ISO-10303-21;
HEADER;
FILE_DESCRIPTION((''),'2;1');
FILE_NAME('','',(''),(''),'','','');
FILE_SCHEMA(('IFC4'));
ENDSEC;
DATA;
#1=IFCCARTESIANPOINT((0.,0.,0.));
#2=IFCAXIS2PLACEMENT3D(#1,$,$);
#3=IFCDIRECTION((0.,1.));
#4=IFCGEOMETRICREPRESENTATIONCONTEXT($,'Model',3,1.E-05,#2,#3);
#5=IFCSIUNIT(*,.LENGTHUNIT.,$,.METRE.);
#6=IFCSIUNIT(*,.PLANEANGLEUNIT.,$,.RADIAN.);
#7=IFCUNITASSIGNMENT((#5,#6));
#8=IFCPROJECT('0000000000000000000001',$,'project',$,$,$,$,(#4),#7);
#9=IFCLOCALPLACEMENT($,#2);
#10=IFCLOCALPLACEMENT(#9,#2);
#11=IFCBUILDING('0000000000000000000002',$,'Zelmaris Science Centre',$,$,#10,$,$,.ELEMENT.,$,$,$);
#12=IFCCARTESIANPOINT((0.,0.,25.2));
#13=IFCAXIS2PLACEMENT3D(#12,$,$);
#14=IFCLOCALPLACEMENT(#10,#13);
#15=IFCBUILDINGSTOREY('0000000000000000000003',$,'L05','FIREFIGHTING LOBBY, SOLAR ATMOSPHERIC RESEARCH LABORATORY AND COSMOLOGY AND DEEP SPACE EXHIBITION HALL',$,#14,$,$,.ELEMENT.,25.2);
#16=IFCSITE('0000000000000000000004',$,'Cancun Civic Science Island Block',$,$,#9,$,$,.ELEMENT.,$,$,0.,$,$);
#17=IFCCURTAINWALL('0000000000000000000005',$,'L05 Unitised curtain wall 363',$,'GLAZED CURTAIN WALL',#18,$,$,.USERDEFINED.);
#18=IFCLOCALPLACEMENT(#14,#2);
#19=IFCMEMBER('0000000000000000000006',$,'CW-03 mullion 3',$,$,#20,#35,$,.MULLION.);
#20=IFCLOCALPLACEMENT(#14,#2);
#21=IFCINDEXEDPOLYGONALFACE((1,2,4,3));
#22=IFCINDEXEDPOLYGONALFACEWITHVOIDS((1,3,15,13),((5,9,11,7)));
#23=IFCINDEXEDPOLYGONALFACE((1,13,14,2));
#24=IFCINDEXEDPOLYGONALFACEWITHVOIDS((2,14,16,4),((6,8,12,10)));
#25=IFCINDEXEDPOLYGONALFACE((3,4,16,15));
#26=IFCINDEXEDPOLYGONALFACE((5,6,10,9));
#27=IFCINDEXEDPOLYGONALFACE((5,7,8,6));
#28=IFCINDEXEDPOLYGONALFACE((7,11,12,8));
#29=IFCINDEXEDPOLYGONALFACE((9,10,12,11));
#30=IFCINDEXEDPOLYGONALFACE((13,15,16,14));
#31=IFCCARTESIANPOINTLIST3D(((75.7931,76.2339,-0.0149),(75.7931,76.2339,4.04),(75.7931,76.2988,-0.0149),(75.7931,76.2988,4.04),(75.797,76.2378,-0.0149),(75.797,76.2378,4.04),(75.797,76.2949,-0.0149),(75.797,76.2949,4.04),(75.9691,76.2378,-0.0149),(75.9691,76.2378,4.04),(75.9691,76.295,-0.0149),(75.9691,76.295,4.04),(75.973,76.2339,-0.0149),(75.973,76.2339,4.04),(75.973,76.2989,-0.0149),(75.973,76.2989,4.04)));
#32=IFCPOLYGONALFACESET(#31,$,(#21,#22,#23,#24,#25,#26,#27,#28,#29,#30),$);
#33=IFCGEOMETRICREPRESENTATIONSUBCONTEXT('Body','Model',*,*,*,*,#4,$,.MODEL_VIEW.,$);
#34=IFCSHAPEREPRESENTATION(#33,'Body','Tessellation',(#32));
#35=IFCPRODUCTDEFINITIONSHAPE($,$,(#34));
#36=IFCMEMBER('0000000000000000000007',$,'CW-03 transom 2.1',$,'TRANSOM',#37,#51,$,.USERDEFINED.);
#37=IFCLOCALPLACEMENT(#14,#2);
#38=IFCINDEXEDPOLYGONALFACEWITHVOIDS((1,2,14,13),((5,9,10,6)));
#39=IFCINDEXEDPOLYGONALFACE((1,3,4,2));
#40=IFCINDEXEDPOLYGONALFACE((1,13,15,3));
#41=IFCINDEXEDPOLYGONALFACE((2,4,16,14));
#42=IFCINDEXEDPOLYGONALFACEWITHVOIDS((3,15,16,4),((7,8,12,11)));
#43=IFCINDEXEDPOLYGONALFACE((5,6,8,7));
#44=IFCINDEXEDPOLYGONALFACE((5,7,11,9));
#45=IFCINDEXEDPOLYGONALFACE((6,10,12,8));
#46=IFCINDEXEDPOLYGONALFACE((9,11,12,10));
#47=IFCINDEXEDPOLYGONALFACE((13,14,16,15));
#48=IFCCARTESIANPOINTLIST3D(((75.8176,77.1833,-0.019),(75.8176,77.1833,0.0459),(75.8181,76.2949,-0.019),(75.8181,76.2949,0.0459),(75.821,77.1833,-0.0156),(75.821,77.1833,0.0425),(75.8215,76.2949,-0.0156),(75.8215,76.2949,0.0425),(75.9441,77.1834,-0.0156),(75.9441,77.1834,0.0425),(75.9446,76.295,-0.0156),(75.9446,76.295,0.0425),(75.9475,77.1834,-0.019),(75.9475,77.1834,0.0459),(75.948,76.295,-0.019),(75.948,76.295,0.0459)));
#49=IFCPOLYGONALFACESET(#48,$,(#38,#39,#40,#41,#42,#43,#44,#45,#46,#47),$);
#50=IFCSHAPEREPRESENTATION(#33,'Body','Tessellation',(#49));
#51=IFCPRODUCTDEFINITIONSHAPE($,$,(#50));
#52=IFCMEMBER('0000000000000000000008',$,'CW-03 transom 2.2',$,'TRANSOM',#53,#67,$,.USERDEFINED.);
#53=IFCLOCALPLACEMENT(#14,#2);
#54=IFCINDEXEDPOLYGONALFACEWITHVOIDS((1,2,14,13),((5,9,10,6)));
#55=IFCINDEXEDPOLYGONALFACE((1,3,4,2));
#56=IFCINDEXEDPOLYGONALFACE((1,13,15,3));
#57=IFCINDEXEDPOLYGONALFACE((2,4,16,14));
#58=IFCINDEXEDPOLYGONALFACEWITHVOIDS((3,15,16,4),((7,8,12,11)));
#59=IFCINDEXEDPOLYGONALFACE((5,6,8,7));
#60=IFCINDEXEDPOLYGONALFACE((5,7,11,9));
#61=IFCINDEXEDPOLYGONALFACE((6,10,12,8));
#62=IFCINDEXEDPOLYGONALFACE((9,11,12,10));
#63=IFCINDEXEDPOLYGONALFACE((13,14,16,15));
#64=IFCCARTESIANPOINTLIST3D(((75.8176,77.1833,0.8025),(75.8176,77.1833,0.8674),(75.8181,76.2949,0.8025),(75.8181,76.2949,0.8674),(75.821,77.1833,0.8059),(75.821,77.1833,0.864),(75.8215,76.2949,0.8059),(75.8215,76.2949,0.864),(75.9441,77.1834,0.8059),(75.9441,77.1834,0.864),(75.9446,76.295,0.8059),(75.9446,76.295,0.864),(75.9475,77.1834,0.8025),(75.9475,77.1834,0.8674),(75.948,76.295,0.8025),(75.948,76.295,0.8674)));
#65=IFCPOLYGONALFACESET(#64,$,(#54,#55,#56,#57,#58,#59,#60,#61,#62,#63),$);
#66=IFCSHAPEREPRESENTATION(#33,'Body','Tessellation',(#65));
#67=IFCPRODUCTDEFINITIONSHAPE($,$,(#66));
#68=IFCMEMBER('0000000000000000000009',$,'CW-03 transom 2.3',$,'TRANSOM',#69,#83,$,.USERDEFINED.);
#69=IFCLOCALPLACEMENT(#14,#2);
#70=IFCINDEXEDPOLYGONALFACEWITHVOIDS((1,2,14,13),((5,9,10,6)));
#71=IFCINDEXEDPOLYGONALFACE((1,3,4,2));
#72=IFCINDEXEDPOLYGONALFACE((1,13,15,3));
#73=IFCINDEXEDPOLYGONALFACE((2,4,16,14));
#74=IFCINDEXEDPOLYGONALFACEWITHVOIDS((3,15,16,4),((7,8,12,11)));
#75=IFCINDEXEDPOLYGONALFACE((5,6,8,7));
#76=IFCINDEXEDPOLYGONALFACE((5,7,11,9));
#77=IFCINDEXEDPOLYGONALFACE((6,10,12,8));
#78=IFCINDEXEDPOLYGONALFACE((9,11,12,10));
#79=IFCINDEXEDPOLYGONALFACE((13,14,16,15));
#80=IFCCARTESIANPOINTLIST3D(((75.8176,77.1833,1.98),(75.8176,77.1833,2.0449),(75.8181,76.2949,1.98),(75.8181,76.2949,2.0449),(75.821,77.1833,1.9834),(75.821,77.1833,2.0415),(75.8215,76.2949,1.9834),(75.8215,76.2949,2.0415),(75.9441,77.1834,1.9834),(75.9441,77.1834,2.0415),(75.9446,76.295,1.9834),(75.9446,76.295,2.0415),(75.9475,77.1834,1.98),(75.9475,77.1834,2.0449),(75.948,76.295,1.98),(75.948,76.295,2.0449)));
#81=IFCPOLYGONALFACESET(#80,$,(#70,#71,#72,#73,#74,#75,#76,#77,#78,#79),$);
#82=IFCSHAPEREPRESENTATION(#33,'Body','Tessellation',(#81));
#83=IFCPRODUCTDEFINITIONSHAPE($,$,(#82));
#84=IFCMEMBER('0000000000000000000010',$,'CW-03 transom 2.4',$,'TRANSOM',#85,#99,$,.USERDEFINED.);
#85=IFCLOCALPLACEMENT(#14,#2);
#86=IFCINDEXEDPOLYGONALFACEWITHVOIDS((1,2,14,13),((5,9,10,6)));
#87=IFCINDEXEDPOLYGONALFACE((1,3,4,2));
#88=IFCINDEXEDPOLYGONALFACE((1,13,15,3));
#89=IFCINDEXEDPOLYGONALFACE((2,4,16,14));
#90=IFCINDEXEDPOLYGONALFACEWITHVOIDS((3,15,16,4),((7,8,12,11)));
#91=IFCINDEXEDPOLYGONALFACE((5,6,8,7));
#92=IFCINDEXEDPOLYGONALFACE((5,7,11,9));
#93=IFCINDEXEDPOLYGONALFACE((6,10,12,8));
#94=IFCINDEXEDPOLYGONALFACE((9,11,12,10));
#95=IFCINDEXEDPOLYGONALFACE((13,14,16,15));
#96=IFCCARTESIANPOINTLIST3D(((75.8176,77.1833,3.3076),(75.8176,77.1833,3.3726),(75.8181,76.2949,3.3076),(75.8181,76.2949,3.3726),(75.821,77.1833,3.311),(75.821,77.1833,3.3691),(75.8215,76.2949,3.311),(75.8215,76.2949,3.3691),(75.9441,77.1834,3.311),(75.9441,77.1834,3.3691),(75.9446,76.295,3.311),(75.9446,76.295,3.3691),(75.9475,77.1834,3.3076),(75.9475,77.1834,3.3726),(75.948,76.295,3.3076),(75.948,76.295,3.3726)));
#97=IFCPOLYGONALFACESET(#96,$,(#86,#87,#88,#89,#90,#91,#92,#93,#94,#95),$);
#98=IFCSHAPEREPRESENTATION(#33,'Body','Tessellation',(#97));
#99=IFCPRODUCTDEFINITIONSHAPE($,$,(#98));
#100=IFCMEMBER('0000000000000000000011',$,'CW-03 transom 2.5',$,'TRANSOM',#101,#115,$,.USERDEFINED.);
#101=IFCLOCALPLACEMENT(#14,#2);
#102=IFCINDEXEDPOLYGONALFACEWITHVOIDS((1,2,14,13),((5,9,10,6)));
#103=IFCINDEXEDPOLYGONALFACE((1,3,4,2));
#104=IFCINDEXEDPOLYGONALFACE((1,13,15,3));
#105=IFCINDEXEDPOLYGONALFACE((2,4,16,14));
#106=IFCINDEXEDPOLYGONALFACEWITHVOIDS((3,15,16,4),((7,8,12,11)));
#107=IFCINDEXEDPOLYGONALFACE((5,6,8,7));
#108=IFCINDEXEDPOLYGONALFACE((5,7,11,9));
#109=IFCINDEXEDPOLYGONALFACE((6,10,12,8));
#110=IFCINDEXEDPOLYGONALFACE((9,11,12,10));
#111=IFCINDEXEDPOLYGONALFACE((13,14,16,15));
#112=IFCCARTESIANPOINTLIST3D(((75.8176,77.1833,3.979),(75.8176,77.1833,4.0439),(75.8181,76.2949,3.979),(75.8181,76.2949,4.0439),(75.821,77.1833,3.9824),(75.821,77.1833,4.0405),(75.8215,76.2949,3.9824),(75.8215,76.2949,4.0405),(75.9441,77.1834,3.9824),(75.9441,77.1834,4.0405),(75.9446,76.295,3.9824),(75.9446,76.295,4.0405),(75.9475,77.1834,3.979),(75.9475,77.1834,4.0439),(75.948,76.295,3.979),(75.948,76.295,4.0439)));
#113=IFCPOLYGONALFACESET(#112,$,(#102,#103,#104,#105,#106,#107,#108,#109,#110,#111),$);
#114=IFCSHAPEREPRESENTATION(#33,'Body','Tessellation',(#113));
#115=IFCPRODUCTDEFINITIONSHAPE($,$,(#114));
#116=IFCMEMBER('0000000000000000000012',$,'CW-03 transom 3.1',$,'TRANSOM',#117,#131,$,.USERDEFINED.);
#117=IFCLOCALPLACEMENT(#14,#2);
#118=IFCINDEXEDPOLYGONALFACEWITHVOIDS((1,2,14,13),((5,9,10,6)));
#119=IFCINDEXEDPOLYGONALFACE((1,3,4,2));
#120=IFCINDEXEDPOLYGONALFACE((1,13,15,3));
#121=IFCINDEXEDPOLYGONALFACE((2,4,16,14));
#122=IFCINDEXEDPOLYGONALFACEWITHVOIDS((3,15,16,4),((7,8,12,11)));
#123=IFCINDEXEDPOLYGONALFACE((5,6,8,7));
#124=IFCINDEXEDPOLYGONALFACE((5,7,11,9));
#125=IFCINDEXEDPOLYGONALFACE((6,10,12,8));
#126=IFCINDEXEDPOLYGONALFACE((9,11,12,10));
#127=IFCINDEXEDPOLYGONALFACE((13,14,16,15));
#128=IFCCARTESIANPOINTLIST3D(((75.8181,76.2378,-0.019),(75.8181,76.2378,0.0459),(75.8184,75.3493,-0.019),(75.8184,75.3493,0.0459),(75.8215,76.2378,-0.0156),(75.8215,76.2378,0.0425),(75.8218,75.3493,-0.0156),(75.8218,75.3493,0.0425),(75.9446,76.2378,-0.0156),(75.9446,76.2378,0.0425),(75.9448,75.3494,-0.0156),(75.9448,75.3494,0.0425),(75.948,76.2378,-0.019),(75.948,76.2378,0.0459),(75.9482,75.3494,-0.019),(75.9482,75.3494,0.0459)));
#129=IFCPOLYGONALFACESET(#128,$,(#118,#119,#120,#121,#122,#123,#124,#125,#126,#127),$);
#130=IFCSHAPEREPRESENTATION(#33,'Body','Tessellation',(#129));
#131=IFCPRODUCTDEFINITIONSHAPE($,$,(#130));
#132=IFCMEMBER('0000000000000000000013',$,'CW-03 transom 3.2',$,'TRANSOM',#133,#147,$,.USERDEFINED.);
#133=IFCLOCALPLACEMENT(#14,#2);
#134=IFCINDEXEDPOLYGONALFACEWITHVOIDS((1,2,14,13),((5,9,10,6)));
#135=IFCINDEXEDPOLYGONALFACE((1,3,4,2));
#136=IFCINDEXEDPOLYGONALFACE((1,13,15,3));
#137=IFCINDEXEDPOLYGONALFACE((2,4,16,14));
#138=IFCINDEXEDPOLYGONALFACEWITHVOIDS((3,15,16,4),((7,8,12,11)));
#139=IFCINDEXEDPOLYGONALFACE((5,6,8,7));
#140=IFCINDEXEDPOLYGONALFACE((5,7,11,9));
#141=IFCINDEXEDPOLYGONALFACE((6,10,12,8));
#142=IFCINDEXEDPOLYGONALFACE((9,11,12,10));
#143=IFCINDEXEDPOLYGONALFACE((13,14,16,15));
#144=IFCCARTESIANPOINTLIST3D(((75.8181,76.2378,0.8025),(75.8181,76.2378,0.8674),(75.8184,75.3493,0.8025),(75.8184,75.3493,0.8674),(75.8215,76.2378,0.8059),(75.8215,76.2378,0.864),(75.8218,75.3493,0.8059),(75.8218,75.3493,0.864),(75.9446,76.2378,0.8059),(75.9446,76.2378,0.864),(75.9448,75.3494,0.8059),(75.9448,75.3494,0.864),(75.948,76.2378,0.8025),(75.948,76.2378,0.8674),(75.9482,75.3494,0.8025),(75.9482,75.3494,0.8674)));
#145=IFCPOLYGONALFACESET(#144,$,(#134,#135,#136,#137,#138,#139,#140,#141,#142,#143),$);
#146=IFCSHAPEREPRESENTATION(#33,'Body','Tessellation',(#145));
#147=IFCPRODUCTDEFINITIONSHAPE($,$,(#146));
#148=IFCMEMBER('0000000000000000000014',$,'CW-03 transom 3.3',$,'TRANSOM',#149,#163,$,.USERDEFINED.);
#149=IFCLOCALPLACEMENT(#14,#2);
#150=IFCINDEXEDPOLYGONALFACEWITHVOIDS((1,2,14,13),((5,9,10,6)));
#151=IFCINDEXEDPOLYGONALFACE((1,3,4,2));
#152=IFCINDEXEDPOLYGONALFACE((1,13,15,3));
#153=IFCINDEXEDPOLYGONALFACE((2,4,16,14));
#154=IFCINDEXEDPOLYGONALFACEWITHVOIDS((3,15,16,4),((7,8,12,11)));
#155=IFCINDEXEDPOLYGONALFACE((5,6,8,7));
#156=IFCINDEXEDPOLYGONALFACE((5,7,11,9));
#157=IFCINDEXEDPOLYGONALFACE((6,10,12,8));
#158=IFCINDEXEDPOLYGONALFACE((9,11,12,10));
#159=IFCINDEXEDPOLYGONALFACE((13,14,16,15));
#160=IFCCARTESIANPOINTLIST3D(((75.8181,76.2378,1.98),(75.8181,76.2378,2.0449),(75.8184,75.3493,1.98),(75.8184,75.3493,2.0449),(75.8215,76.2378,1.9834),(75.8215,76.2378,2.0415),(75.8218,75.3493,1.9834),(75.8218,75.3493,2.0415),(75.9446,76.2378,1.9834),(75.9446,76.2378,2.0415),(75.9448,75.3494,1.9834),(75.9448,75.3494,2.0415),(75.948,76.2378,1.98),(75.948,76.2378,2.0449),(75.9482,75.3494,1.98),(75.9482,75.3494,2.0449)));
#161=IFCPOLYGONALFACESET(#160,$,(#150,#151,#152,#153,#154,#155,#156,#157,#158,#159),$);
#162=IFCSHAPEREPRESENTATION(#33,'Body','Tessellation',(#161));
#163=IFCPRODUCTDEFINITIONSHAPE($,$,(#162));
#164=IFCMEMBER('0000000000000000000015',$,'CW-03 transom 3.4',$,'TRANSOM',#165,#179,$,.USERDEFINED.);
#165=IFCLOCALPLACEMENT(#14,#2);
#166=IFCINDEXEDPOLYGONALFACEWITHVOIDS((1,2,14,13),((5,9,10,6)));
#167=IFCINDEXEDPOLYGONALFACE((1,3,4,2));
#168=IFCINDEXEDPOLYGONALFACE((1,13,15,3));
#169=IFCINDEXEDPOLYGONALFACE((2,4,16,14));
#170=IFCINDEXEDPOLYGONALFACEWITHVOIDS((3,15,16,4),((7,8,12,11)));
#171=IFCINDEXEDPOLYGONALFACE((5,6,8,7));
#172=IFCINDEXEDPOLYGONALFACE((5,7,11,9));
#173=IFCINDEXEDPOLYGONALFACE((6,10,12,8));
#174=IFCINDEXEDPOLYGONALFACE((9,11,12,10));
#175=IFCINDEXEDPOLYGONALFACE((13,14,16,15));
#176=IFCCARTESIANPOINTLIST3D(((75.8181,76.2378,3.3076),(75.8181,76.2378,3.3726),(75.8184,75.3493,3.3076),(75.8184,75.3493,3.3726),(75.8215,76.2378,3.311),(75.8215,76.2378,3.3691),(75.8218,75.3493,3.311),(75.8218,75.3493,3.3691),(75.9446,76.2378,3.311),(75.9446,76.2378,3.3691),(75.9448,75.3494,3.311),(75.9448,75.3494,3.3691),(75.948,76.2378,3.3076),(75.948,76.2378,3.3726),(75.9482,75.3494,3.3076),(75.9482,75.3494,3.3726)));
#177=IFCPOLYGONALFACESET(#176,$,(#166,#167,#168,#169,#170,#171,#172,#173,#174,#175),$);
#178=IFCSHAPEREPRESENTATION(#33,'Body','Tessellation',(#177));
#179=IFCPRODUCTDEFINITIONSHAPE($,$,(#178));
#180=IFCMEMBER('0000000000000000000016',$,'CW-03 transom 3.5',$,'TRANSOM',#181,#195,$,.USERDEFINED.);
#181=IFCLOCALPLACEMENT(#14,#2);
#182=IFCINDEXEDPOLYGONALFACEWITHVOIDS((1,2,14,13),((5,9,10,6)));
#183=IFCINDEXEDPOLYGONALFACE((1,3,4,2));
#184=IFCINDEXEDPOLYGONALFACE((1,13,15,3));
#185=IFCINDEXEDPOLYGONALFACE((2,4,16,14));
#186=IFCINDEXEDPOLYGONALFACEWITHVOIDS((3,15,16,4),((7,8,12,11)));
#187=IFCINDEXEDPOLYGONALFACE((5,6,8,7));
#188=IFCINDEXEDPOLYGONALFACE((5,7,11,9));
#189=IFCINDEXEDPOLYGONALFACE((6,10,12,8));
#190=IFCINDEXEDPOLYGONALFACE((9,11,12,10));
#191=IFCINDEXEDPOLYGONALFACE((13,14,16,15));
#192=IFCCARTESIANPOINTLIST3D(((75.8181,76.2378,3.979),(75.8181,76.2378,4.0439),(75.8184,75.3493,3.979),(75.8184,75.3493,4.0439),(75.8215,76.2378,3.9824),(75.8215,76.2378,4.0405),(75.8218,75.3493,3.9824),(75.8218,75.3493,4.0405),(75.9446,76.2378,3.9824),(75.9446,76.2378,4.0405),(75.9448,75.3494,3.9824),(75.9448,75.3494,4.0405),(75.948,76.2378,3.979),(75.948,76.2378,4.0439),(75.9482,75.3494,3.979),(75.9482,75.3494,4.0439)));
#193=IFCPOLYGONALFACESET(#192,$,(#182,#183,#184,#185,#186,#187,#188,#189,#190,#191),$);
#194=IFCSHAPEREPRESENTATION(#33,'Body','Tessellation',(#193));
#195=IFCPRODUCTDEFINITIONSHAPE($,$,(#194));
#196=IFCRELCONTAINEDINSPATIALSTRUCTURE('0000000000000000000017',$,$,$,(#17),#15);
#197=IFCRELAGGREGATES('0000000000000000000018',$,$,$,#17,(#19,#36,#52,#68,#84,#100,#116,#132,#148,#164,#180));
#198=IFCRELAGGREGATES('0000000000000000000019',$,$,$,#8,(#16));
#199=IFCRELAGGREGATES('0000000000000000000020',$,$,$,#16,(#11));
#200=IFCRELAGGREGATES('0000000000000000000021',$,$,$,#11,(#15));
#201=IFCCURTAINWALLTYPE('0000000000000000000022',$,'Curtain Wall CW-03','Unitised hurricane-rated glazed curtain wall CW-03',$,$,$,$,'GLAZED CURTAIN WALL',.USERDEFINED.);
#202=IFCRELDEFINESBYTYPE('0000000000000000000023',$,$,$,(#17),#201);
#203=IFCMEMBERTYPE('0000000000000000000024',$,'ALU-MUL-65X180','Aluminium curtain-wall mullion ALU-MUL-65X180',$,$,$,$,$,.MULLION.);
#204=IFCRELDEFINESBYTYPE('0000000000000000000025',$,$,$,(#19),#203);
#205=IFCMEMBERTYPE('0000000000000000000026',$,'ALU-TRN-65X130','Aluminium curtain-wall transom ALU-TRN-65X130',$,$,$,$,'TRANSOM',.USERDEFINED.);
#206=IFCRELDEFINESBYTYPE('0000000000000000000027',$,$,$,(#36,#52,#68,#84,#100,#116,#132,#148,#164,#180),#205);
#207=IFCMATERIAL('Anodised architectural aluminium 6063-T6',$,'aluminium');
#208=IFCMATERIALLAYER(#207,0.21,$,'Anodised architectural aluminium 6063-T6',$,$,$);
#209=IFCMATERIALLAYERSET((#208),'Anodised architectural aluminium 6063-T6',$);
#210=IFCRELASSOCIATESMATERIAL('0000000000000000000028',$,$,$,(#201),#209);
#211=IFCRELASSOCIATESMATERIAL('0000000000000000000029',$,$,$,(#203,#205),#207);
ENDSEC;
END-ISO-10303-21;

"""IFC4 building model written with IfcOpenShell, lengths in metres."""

from ifc_helpers import new_model, si_unit, direction, frame, origin, origin_2d, place, context, subcontext, project, spatial, hollow_rectangle, extrude, material, layer, layer_set, material_profile, profile_set, type_object, element, aggregate, save


model = new_model("IFC4")

# Units and contexts
model_context = context("Model", 3, precision=1e-05, world=origin(), true_north=direction((0.0, 1.0)))
body_context = subcontext(model_context, "Body", "Model", "MODEL_VIEW")
ifc_project = project(units=[si_unit("LENGTHUNIT", "METRE"), si_unit("PLANEANGLEUNIT", "RADIAN")], contexts=[model_context])

# Site, building, storey
site_placement = place(None, origin())
site = spatial("IfcSite", under=ifc_project, at=site_placement, Name="Cancun Civic Science Island Block", CompositionType="ELEMENT", RefElevation=0.0)
building_placement = place(site_placement, origin())
building = spatial("IfcBuilding", under=site, at=building_placement, Name="Zelmaris Science Centre", CompositionType="ELEMENT")
storey_placement = place(building_placement, frame((0.0, 0.0, 25.2)))
storey = spatial("IfcBuildingStorey", under=building, at=storey_placement, Name="L05", Description="FIREFIGHTING LOBBY, SOLAR ATMOSPHERIC RESEARCH LABORATORY AND COSMOLOGY AND DEEP SPACE EXHIBITION HALL", CompositionType="ELEMENT", Elevation=25.2)

# Curtain wall, members
ifc_material_1 = material(Name="Anodised architectural aluminium 6063-T6", Category="aluminium")
ifc_layer_1 = layer(ifc_material_1, 0.21, Name="Anodised architectural aluminium 6063-T6")
ifc_layer_set_1 = layer_set([ifc_layer_1], Name="Anodised architectural aluminium 6063-T6")
curtain_wall_type = type_object("IfcCurtainWallType", Name="Curtain Wall CW-03", Description="Unitised hurricane-rated glazed curtain wall CW-03", ElementType="GLAZED CURTAIN WALL", PredefinedType="USERDEFINED", material=ifc_layer_set_1)
curtain_wall_placement = place(storey_placement, origin())
curtain_wall = element("IfcCurtainWall", 1, at=curtain_wall_placement, inside=storey, type_object=curtain_wall_type, Name="L05 Unitised curtain wall 363", ObjectType="GLAZED CURTAIN WALL", PredefinedType="USERDEFINED")
ifc_material_profile_1 = material_profile(ifc_material_1, hollow_rectangle(XDim=0.0649, YDim=0.1799, WallThickness=0.0039, at=origin_2d()), Name="ALU-MUL-65X180")
ifc_profile_set_1 = profile_set([ifc_material_profile_1], Name="Anodised architectural aluminium 6063-T6")
member_type_1 = type_object("IfcMemberType", Name="ALU-MUL-65X180", Description="Aluminium curtain-wall mullion ALU-MUL-65X180", PredefinedType="MULLION", material=ifc_profile_set_1)
member_1_placement = place(storey_placement, frame((75.8831, 76.2664, -0.0149), z_axis=(0.0, 0.0, 1.0), x_axis=(0.000396, -1.0, 0.0)))
member_1 = element("IfcMember", 2, at=member_1_placement, type_object=member_type_1, Name="CW-03 mullion 3", PredefinedType="MULLION", context=body_context, shape_type="SweptSolid", body=[
    extrude(hollow_rectangle(XDim=0.0649, YDim=0.1799, WallThickness=0.0039, at=origin_2d()), origin(), (0.0, 0.0, 1.0), 4.0549),
])
ifc_material_profile_2 = material_profile(ifc_material_1, hollow_rectangle(XDim=0.0649, YDim=0.1299, WallThickness=0.0034, at=origin_2d()), Name="ALU-TRN-65X130")
ifc_profile_set_2 = profile_set([ifc_material_profile_2], Name="Anodised architectural aluminium 6063-T6")
member_type_2 = type_object("IfcMemberType", Name="ALU-TRN-65X130", Description="Aluminium curtain-wall transom ALU-TRN-65X130", ElementType="TRANSOM", PredefinedType="USERDEFINED", material=ifc_profile_set_2)
member_2_placement = place(storey_placement, frame((75.8826, 77.1833, 0.0134), z_axis=(0.00055, -1.0, 0.0), x_axis=(0.0, 0.0, 1.0)))
member_2 = element("IfcMember", 3, at=member_2_placement, type_object=member_type_2, Name="CW-03 transom 2.1", ObjectType="TRANSOM", PredefinedType="USERDEFINED", context=body_context, shape_type="SweptSolid", body=[
    extrude(hollow_rectangle(XDim=0.0649, YDim=0.1299, WallThickness=0.0034, at=origin_2d()), origin(), (0.0, 0.0, 1.0), 0.8884),
])
member_3_placement = place(storey_placement, frame((75.8826, 77.1833, 0.835), z_axis=(0.00055, -1.0, 0.0), x_axis=(0.0, 0.0, 1.0)))
member_3 = element("IfcMember", 4, at=member_3_placement, type_object=member_type_2, Name="CW-03 transom 2.2", ObjectType="TRANSOM", PredefinedType="USERDEFINED", context=body_context, shape_type="SweptSolid", body=[
    extrude(hollow_rectangle(XDim=0.0649, YDim=0.1299, WallThickness=0.0034, at=origin_2d()), origin(), (0.0, 0.0, 1.0), 0.8884),
])
member_4_placement = place(storey_placement, frame((75.8826, 77.1833, 2.0125), z_axis=(0.00055, -1.0, 0.0), x_axis=(0.0, 0.0, 1.0)))
member_4 = element("IfcMember", 5, at=member_4_placement, type_object=member_type_2, Name="CW-03 transom 2.3", ObjectType="TRANSOM", PredefinedType="USERDEFINED", context=body_context, shape_type="SweptSolid", body=[
    extrude(hollow_rectangle(XDim=0.0649, YDim=0.1299, WallThickness=0.0034, at=origin_2d()), origin(), (0.0, 0.0, 1.0), 0.8884),
])
member_5_placement = place(storey_placement, frame((75.8826, 77.1833, 3.3401), z_axis=(0.00055, -1.0, 0.0), x_axis=(0.0, 0.0, 1.0)))
member_5 = element("IfcMember", 6, at=member_5_placement, type_object=member_type_2, Name="CW-03 transom 2.4", ObjectType="TRANSOM", PredefinedType="USERDEFINED", context=body_context, shape_type="SweptSolid", body=[
    extrude(hollow_rectangle(XDim=0.0649, YDim=0.1299, WallThickness=0.0034, at=origin_2d()), origin(), (0.0, 0.0, 1.0), 0.8884),
])
member_6_placement = place(storey_placement, frame((75.8826, 77.1833, 4.0115), z_axis=(0.00055, -1.0, 0.0), x_axis=(0.0, 0.0, 1.0)))
member_6 = element("IfcMember", 7, at=member_6_placement, type_object=member_type_2, Name="CW-03 transom 2.5", ObjectType="TRANSOM", PredefinedType="USERDEFINED", context=body_context, shape_type="SweptSolid", body=[
    extrude(hollow_rectangle(XDim=0.0649, YDim=0.1299, WallThickness=0.0034, at=origin_2d()), origin(), (0.0, 0.0, 1.0), 0.8884),
])
member_7_placement = place(storey_placement, frame((75.8831, 76.2378, 0.0134), z_axis=(0.000275, -1.0, 0.0), x_axis=(0.0, 0.0, 1.0)))
member_7 = element("IfcMember", 8, at=member_7_placement, type_object=member_type_2, Name="CW-03 transom 3.1", ObjectType="TRANSOM", PredefinedType="USERDEFINED", context=body_context, shape_type="SweptSolid", body=[
    extrude(hollow_rectangle(XDim=0.0649, YDim=0.1299, WallThickness=0.0034, at=origin_2d()), origin(), (0.0, 0.0, 1.0), 0.8884),
])
member_8_placement = place(storey_placement, frame((75.8831, 76.2378, 0.835), z_axis=(0.000275, -1.0, 0.0), x_axis=(0.0, 0.0, 1.0)))
member_8 = element("IfcMember", 9, at=member_8_placement, type_object=member_type_2, Name="CW-03 transom 3.2", ObjectType="TRANSOM", PredefinedType="USERDEFINED", context=body_context, shape_type="SweptSolid", body=[
    extrude(hollow_rectangle(XDim=0.0649, YDim=0.1299, WallThickness=0.0034, at=origin_2d()), origin(), (0.0, 0.0, 1.0), 0.8884),
])
member_9_placement = place(storey_placement, frame((75.8831, 76.2378, 2.0125), z_axis=(0.000275, -1.0, 0.0), x_axis=(0.0, 0.0, 1.0)))
member_9 = element("IfcMember", 10, at=member_9_placement, type_object=member_type_2, Name="CW-03 transom 3.3", ObjectType="TRANSOM", PredefinedType="USERDEFINED", context=body_context, shape_type="SweptSolid", body=[
    extrude(hollow_rectangle(XDim=0.0649, YDim=0.1299, WallThickness=0.0034, at=origin_2d()), origin(), (0.0, 0.0, 1.0), 0.8884),
])
member_10_placement = place(storey_placement, frame((75.8831, 76.2378, 3.3401), z_axis=(0.000275, -1.0, 0.0), x_axis=(0.0, 0.0, 1.0)))
member_10 = element("IfcMember", 11, at=member_10_placement, type_object=member_type_2, Name="CW-03 transom 3.4", ObjectType="TRANSOM", PredefinedType="USERDEFINED", context=body_context, shape_type="SweptSolid", body=[
    extrude(hollow_rectangle(XDim=0.0649, YDim=0.1299, WallThickness=0.0034, at=origin_2d()), origin(), (0.0, 0.0, 1.0), 0.8884),
])
member_11_placement = place(storey_placement, frame((75.8831, 76.2378, 4.0115), z_axis=(0.000275, -1.0, 0.0), x_axis=(0.0, 0.0, 1.0)))
member_11 = element("IfcMember", 12, at=member_11_placement, type_object=member_type_2, Name="CW-03 transom 3.5", ObjectType="TRANSOM", PredefinedType="USERDEFINED", context=body_context, shape_type="SweptSolid", body=[
    extrude(hollow_rectangle(XDim=0.0649, YDim=0.1299, WallThickness=0.0034, at=origin_2d()), origin(), (0.0, 0.0, 1.0), 0.8884),
])

aggregate(curtain_wall, [member_1, member_2, member_3, member_4, member_5, member_6, member_7, member_8, member_9, member_10, member_11])

save(model, "model.ifc")
